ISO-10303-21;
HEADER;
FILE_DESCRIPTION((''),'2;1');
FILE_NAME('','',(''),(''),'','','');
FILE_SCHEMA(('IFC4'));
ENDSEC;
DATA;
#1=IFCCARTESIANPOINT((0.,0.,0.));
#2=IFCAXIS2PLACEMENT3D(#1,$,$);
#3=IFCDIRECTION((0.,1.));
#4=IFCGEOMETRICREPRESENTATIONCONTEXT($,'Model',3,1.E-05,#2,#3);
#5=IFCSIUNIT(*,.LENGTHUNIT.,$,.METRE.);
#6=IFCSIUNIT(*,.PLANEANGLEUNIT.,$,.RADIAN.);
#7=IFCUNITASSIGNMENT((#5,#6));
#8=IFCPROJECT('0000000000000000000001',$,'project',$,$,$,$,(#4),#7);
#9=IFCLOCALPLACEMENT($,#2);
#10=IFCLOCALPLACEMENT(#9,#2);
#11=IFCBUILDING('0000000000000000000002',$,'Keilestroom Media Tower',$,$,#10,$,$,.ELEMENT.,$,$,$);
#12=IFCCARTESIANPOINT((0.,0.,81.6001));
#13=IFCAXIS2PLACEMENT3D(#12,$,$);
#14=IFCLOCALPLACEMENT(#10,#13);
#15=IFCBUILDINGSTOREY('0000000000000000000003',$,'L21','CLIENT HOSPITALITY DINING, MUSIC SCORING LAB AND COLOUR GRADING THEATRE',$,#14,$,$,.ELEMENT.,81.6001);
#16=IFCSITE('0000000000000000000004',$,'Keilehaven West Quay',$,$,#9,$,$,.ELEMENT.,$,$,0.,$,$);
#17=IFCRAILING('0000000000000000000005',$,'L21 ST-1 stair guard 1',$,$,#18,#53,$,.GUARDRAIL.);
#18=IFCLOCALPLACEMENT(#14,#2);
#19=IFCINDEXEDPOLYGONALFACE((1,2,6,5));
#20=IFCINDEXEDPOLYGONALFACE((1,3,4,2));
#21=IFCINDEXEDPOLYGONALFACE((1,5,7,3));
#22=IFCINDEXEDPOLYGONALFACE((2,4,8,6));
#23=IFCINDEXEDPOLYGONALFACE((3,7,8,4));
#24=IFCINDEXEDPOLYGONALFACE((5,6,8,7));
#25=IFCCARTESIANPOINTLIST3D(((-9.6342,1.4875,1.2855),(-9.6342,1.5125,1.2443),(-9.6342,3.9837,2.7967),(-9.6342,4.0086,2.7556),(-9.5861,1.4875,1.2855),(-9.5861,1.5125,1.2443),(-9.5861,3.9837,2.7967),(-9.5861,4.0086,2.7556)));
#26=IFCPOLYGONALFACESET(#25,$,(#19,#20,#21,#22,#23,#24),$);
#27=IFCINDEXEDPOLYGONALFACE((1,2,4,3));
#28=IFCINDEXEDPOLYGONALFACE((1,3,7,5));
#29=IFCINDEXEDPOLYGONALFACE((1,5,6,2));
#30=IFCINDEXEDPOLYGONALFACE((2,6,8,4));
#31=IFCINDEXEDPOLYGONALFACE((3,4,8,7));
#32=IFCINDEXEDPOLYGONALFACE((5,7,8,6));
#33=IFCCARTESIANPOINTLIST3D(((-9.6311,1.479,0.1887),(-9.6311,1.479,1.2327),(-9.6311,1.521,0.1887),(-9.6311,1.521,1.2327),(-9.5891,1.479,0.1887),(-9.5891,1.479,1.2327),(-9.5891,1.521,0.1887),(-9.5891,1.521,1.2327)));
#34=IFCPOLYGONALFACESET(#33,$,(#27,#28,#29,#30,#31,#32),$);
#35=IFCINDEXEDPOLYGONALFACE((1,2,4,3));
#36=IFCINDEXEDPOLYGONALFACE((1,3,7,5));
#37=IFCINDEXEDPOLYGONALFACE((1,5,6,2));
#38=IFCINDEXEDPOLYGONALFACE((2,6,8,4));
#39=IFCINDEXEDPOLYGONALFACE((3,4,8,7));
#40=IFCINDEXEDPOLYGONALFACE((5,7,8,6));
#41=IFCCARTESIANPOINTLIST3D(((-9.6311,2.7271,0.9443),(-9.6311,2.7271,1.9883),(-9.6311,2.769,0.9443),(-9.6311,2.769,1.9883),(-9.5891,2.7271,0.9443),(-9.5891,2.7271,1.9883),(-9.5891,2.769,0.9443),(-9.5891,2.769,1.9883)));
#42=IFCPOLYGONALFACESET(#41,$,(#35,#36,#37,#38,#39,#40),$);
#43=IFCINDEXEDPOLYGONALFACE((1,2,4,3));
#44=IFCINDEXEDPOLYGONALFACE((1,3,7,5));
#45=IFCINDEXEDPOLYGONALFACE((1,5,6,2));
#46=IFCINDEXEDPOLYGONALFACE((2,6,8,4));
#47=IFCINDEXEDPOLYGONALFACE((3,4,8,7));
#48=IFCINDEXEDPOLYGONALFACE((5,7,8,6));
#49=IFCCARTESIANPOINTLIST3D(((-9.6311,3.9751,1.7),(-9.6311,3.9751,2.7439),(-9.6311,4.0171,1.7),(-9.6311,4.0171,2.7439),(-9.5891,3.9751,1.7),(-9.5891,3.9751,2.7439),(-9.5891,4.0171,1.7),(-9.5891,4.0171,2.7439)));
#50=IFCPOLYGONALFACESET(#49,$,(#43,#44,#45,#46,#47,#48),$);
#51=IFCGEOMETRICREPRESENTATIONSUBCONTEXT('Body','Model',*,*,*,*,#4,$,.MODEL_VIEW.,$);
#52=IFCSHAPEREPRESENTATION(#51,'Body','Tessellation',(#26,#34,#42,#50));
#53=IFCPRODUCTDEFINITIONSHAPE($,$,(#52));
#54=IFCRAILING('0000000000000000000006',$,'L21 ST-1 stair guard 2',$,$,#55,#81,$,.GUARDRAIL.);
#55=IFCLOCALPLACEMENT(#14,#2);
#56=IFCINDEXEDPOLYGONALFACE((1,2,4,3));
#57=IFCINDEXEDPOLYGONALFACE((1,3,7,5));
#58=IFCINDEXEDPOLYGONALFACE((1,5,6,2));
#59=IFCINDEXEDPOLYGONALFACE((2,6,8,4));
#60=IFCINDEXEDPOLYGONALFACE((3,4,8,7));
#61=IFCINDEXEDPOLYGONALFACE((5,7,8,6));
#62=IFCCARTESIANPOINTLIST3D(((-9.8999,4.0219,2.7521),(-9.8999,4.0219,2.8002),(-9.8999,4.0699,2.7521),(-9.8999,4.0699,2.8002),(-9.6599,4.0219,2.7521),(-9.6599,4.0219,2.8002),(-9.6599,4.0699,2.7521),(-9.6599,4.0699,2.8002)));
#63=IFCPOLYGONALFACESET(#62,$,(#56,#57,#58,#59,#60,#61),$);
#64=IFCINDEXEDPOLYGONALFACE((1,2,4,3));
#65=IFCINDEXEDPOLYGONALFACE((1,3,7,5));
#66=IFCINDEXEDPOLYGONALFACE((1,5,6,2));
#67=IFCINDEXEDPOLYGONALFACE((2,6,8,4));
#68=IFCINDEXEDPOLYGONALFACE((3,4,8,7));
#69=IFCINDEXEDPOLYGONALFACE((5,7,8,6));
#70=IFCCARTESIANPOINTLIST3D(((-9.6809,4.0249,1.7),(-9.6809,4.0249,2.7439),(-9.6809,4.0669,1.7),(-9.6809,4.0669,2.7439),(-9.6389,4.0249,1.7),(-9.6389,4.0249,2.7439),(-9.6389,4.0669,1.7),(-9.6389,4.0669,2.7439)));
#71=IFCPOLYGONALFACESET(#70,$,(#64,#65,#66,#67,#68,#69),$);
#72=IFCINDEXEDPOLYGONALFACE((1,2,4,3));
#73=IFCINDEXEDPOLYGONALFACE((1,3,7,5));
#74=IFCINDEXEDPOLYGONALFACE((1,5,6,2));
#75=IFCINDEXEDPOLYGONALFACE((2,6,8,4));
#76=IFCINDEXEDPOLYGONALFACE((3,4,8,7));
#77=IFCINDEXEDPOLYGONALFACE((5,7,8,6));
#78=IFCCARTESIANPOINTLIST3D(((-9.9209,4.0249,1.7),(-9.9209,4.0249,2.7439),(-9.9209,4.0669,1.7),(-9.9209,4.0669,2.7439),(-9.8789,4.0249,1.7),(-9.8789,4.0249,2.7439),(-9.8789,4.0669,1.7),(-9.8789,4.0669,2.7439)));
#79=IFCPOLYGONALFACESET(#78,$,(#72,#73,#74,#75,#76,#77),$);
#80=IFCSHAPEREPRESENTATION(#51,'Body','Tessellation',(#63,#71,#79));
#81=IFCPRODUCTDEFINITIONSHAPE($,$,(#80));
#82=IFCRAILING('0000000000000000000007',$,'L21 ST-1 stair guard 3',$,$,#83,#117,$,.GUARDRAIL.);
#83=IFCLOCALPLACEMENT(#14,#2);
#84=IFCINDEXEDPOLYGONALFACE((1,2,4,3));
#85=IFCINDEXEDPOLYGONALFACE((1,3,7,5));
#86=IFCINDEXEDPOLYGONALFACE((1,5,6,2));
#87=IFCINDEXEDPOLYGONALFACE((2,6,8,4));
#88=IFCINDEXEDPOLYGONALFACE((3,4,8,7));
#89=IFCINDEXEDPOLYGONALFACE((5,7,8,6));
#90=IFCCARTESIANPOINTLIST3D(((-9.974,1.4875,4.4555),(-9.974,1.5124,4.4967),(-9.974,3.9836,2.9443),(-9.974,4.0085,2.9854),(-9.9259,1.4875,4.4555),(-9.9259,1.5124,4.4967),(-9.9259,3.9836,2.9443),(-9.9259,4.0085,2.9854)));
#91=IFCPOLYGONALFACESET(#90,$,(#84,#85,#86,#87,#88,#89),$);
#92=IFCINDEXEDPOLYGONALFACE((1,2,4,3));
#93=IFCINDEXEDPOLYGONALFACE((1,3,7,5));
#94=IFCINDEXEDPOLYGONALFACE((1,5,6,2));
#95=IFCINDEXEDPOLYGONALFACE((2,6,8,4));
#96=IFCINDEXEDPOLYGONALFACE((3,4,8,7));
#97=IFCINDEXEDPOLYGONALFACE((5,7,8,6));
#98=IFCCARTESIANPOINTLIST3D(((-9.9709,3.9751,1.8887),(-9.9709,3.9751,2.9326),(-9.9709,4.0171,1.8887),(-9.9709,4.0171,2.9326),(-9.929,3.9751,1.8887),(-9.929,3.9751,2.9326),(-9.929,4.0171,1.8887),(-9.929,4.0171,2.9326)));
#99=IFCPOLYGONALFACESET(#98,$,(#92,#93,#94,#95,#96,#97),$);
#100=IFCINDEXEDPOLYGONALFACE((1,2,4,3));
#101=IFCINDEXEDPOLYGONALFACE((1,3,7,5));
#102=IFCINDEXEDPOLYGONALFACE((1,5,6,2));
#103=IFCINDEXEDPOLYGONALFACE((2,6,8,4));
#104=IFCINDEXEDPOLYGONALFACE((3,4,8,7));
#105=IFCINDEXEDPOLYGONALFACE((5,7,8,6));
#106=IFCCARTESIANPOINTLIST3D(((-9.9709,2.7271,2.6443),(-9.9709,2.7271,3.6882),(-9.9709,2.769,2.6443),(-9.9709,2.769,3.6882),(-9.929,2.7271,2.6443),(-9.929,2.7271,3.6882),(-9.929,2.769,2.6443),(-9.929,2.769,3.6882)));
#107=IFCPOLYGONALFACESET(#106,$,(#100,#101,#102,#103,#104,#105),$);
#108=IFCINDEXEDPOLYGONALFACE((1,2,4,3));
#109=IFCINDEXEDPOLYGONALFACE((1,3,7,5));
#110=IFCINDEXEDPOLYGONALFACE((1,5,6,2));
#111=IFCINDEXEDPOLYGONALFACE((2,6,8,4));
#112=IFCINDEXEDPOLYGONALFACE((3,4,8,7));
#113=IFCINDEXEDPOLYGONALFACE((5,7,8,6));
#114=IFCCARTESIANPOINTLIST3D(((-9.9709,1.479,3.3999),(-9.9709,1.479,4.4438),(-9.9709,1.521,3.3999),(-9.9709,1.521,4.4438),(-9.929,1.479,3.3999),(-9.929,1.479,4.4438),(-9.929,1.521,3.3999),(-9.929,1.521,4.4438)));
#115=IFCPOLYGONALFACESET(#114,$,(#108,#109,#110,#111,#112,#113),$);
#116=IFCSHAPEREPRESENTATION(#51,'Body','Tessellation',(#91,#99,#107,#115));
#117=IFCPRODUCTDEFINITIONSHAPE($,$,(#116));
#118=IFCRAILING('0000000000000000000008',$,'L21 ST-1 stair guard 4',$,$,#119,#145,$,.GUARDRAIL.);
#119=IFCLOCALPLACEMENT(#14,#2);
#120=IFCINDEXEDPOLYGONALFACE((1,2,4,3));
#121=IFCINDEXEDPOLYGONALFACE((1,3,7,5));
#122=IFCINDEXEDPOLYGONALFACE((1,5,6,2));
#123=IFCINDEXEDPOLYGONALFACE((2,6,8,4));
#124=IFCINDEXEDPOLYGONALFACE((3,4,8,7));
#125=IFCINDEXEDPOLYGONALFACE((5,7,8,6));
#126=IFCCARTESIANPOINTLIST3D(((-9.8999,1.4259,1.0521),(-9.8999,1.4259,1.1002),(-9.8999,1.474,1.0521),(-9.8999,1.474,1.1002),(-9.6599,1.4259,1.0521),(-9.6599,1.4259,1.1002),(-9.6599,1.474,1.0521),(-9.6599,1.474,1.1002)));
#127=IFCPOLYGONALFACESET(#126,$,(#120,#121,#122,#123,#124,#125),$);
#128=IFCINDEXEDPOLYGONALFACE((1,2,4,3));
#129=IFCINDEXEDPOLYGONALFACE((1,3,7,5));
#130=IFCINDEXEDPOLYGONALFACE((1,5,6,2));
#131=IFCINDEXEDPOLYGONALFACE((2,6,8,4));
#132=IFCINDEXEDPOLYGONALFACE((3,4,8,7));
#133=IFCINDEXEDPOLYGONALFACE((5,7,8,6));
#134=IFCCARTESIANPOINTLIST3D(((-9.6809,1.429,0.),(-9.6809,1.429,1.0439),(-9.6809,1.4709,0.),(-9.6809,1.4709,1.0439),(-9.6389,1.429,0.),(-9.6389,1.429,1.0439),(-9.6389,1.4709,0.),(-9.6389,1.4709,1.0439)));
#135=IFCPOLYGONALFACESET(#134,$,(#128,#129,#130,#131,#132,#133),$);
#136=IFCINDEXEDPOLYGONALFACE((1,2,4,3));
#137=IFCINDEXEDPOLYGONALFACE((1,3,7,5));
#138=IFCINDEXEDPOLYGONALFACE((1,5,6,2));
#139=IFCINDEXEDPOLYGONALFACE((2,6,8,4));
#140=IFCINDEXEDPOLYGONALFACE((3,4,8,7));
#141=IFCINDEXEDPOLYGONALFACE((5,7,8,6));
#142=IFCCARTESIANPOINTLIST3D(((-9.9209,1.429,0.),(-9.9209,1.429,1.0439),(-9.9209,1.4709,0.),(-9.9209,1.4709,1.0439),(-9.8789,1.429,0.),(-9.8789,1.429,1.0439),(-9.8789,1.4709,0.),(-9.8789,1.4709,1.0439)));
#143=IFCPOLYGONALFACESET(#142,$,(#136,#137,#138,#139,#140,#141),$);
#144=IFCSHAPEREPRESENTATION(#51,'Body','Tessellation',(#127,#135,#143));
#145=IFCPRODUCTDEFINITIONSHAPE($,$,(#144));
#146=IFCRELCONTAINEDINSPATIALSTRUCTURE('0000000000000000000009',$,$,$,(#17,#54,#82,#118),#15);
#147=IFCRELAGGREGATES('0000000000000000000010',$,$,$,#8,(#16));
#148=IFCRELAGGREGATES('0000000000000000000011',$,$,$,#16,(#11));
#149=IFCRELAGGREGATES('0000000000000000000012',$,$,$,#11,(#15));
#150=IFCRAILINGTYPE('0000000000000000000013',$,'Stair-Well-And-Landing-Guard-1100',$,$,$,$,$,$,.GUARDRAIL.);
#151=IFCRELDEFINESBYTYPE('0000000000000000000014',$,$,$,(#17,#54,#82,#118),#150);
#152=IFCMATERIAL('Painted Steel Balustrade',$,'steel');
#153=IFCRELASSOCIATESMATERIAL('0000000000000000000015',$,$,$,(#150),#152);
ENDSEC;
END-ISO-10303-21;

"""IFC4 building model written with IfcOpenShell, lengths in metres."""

from ifc_helpers import new_model, si_unit, direction, frame, origin, origin_2d, place, context, subcontext, project, spatial, rectangle, extrude, material, type_object, element, save


model = new_model("IFC4")

# Units and contexts
model_context = context("Model", 3, precision=1e-05, world=origin(), true_north=direction((0.0, 1.0)))
body_context = subcontext(model_context, "Body", "Model", "MODEL_VIEW")
ifc_project = project(units=[si_unit("LENGTHUNIT", "METRE"), si_unit("PLANEANGLEUNIT", "RADIAN")], contexts=[model_context])

# Site, building, storey
site_placement = place(None, origin())
site = spatial("IfcSite", under=ifc_project, at=site_placement, Name="Keilehaven West Quay", CompositionType="ELEMENT", RefElevation=0.0)
building_placement = place(site_placement, origin())
building = spatial("IfcBuilding", under=site, at=building_placement, Name="Keilestroom Media Tower", CompositionType="ELEMENT")
storey_placement = place(building_placement, frame((0.0, 0.0, 81.6001)))
storey = spatial("IfcBuildingStorey", under=building, at=storey_placement, Name="L21", Description="CLIENT HOSPITALITY DINING, MUSIC SCORING LAB AND COLOUR GRADING THEATRE", CompositionType="ELEMENT", Elevation=81.6001)

# Railings
ifc_material_1 = material(Name="Painted Steel Balustrade", Category="steel")
railing_type_1 = type_object("IfcRailingType", Name="Stair-Well-And-Landing-Guard-1100", PredefinedType="GUARDRAIL", material=ifc_material_1)
railing_1_placement = place(storey_placement, frame((-9.6101, 1.5, 0.1887)))
element("IfcRailing", 1, at=railing_1_placement, inside=storey, type_object=railing_type_1, Name="L21 ST-1 stair guard 1", PredefinedType="GUARDRAIL", context=body_context, shape_type="SweptSolid", body=[
    extrude(rectangle(XDim=0.0481, YDim=0.0481, at=origin_2d()), frame((0.0, 0.0, 1.0762), z_axis=(0.0, 0.855434, 0.517912), x_axis=(-1.0, 0.0, 0.0)), (0.0, 0.0, 1.0), 2.918),
    extrude(rectangle(XDim=0.042, YDim=0.042, at=origin_2d()), origin(), (0.0, 0.0, 1.0), 1.0439),
    extrude(rectangle(XDim=0.042, YDim=0.042, at=origin_2d()), frame((0.0, 1.248, 0.7556)), (0.0, 0.0, 1.0), 1.0439),
    extrude(rectangle(XDim=0.042, YDim=0.042, at=origin_2d()), frame((0.0, 2.4961, 1.5112)), (0.0, 0.0, 1.0), 1.0439),
])
railing_2_placement = place(storey_placement, frame((-9.6599, 4.0459, 1.7)))
element("IfcRailing", 2, at=railing_2_placement, inside=storey, type_object=railing_type_1, Name="L21 ST-1 stair guard 2", PredefinedType="GUARDRAIL", context=body_context, shape_type="SweptSolid", body=[
    extrude(rectangle(XDim=0.0481, YDim=0.0481, at=origin_2d()), frame((0.0, 0.0, 1.0762), z_axis=(-1.0, 0.0, 0.0), x_axis=(0.0, -1.0, 0.0)), (0.0, 0.0, 1.0), 0.24),
    extrude(rectangle(XDim=0.042, YDim=0.042, at=origin_2d()), origin(), (0.0, 0.0, 1.0), 1.0439),
    extrude(rectangle(XDim=0.042, YDim=0.042, at=origin_2d()), frame((-0.24, 0.0, 0.0)), (0.0, 0.0, 1.0), 1.0439),
])
railing_3_placement = place(storey_placement, frame((-9.95, 3.9961, 1.8887)))
element("IfcRailing", 3, at=railing_3_placement, inside=storey, type_object=railing_type_1, Name="L21 ST-1 stair guard 3", PredefinedType="GUARDRAIL", context=body_context, shape_type="SweptSolid", body=[
    extrude(rectangle(XDim=0.0481, YDim=0.0481, at=origin_2d()), frame((0.0, 0.0, 1.0762), z_axis=(0.0, -0.855434, 0.517912), x_axis=(1.0, 0.0, 0.0)), (0.0, 0.0, 1.0), 2.918),
    extrude(rectangle(XDim=0.042, YDim=0.042, at=origin_2d()), origin(), (0.0, 0.0, 1.0), 1.0439),
    extrude(rectangle(XDim=0.042, YDim=0.042, at=origin_2d()), frame((0.0, -1.248, 0.7556)), (0.0, 0.0, 1.0), 1.0439),
    extrude(rectangle(XDim=0.042, YDim=0.042, at=origin_2d()), frame((0.0, -2.4961, 1.5112)), (0.0, 0.0, 1.0), 1.0439),
])
railing_4_placement = place(storey_placement, frame((-9.6599, 1.45, 0.0)))
element("IfcRailing", 4, at=railing_4_placement, inside=storey, type_object=railing_type_1, Name="L21 ST-1 stair guard 4", PredefinedType="GUARDRAIL", context=body_context, shape_type="SweptSolid", body=[
    extrude(rectangle(XDim=0.0481, YDim=0.0481, at=origin_2d()), frame((0.0, 0.0, 1.0762), z_axis=(-1.0, 0.0, 0.0), x_axis=(0.0, -1.0, 0.0)), (0.0, 0.0, 1.0), 0.24),
    extrude(rectangle(XDim=0.042, YDim=0.042, at=origin_2d()), origin(), (0.0, 0.0, 1.0), 1.0439),
    extrude(rectangle(XDim=0.042, YDim=0.042, at=origin_2d()), frame((-0.24, 0.0, 0.0)), (0.0, 0.0, 1.0), 1.0439),
])

save(model, "model.ifc")
